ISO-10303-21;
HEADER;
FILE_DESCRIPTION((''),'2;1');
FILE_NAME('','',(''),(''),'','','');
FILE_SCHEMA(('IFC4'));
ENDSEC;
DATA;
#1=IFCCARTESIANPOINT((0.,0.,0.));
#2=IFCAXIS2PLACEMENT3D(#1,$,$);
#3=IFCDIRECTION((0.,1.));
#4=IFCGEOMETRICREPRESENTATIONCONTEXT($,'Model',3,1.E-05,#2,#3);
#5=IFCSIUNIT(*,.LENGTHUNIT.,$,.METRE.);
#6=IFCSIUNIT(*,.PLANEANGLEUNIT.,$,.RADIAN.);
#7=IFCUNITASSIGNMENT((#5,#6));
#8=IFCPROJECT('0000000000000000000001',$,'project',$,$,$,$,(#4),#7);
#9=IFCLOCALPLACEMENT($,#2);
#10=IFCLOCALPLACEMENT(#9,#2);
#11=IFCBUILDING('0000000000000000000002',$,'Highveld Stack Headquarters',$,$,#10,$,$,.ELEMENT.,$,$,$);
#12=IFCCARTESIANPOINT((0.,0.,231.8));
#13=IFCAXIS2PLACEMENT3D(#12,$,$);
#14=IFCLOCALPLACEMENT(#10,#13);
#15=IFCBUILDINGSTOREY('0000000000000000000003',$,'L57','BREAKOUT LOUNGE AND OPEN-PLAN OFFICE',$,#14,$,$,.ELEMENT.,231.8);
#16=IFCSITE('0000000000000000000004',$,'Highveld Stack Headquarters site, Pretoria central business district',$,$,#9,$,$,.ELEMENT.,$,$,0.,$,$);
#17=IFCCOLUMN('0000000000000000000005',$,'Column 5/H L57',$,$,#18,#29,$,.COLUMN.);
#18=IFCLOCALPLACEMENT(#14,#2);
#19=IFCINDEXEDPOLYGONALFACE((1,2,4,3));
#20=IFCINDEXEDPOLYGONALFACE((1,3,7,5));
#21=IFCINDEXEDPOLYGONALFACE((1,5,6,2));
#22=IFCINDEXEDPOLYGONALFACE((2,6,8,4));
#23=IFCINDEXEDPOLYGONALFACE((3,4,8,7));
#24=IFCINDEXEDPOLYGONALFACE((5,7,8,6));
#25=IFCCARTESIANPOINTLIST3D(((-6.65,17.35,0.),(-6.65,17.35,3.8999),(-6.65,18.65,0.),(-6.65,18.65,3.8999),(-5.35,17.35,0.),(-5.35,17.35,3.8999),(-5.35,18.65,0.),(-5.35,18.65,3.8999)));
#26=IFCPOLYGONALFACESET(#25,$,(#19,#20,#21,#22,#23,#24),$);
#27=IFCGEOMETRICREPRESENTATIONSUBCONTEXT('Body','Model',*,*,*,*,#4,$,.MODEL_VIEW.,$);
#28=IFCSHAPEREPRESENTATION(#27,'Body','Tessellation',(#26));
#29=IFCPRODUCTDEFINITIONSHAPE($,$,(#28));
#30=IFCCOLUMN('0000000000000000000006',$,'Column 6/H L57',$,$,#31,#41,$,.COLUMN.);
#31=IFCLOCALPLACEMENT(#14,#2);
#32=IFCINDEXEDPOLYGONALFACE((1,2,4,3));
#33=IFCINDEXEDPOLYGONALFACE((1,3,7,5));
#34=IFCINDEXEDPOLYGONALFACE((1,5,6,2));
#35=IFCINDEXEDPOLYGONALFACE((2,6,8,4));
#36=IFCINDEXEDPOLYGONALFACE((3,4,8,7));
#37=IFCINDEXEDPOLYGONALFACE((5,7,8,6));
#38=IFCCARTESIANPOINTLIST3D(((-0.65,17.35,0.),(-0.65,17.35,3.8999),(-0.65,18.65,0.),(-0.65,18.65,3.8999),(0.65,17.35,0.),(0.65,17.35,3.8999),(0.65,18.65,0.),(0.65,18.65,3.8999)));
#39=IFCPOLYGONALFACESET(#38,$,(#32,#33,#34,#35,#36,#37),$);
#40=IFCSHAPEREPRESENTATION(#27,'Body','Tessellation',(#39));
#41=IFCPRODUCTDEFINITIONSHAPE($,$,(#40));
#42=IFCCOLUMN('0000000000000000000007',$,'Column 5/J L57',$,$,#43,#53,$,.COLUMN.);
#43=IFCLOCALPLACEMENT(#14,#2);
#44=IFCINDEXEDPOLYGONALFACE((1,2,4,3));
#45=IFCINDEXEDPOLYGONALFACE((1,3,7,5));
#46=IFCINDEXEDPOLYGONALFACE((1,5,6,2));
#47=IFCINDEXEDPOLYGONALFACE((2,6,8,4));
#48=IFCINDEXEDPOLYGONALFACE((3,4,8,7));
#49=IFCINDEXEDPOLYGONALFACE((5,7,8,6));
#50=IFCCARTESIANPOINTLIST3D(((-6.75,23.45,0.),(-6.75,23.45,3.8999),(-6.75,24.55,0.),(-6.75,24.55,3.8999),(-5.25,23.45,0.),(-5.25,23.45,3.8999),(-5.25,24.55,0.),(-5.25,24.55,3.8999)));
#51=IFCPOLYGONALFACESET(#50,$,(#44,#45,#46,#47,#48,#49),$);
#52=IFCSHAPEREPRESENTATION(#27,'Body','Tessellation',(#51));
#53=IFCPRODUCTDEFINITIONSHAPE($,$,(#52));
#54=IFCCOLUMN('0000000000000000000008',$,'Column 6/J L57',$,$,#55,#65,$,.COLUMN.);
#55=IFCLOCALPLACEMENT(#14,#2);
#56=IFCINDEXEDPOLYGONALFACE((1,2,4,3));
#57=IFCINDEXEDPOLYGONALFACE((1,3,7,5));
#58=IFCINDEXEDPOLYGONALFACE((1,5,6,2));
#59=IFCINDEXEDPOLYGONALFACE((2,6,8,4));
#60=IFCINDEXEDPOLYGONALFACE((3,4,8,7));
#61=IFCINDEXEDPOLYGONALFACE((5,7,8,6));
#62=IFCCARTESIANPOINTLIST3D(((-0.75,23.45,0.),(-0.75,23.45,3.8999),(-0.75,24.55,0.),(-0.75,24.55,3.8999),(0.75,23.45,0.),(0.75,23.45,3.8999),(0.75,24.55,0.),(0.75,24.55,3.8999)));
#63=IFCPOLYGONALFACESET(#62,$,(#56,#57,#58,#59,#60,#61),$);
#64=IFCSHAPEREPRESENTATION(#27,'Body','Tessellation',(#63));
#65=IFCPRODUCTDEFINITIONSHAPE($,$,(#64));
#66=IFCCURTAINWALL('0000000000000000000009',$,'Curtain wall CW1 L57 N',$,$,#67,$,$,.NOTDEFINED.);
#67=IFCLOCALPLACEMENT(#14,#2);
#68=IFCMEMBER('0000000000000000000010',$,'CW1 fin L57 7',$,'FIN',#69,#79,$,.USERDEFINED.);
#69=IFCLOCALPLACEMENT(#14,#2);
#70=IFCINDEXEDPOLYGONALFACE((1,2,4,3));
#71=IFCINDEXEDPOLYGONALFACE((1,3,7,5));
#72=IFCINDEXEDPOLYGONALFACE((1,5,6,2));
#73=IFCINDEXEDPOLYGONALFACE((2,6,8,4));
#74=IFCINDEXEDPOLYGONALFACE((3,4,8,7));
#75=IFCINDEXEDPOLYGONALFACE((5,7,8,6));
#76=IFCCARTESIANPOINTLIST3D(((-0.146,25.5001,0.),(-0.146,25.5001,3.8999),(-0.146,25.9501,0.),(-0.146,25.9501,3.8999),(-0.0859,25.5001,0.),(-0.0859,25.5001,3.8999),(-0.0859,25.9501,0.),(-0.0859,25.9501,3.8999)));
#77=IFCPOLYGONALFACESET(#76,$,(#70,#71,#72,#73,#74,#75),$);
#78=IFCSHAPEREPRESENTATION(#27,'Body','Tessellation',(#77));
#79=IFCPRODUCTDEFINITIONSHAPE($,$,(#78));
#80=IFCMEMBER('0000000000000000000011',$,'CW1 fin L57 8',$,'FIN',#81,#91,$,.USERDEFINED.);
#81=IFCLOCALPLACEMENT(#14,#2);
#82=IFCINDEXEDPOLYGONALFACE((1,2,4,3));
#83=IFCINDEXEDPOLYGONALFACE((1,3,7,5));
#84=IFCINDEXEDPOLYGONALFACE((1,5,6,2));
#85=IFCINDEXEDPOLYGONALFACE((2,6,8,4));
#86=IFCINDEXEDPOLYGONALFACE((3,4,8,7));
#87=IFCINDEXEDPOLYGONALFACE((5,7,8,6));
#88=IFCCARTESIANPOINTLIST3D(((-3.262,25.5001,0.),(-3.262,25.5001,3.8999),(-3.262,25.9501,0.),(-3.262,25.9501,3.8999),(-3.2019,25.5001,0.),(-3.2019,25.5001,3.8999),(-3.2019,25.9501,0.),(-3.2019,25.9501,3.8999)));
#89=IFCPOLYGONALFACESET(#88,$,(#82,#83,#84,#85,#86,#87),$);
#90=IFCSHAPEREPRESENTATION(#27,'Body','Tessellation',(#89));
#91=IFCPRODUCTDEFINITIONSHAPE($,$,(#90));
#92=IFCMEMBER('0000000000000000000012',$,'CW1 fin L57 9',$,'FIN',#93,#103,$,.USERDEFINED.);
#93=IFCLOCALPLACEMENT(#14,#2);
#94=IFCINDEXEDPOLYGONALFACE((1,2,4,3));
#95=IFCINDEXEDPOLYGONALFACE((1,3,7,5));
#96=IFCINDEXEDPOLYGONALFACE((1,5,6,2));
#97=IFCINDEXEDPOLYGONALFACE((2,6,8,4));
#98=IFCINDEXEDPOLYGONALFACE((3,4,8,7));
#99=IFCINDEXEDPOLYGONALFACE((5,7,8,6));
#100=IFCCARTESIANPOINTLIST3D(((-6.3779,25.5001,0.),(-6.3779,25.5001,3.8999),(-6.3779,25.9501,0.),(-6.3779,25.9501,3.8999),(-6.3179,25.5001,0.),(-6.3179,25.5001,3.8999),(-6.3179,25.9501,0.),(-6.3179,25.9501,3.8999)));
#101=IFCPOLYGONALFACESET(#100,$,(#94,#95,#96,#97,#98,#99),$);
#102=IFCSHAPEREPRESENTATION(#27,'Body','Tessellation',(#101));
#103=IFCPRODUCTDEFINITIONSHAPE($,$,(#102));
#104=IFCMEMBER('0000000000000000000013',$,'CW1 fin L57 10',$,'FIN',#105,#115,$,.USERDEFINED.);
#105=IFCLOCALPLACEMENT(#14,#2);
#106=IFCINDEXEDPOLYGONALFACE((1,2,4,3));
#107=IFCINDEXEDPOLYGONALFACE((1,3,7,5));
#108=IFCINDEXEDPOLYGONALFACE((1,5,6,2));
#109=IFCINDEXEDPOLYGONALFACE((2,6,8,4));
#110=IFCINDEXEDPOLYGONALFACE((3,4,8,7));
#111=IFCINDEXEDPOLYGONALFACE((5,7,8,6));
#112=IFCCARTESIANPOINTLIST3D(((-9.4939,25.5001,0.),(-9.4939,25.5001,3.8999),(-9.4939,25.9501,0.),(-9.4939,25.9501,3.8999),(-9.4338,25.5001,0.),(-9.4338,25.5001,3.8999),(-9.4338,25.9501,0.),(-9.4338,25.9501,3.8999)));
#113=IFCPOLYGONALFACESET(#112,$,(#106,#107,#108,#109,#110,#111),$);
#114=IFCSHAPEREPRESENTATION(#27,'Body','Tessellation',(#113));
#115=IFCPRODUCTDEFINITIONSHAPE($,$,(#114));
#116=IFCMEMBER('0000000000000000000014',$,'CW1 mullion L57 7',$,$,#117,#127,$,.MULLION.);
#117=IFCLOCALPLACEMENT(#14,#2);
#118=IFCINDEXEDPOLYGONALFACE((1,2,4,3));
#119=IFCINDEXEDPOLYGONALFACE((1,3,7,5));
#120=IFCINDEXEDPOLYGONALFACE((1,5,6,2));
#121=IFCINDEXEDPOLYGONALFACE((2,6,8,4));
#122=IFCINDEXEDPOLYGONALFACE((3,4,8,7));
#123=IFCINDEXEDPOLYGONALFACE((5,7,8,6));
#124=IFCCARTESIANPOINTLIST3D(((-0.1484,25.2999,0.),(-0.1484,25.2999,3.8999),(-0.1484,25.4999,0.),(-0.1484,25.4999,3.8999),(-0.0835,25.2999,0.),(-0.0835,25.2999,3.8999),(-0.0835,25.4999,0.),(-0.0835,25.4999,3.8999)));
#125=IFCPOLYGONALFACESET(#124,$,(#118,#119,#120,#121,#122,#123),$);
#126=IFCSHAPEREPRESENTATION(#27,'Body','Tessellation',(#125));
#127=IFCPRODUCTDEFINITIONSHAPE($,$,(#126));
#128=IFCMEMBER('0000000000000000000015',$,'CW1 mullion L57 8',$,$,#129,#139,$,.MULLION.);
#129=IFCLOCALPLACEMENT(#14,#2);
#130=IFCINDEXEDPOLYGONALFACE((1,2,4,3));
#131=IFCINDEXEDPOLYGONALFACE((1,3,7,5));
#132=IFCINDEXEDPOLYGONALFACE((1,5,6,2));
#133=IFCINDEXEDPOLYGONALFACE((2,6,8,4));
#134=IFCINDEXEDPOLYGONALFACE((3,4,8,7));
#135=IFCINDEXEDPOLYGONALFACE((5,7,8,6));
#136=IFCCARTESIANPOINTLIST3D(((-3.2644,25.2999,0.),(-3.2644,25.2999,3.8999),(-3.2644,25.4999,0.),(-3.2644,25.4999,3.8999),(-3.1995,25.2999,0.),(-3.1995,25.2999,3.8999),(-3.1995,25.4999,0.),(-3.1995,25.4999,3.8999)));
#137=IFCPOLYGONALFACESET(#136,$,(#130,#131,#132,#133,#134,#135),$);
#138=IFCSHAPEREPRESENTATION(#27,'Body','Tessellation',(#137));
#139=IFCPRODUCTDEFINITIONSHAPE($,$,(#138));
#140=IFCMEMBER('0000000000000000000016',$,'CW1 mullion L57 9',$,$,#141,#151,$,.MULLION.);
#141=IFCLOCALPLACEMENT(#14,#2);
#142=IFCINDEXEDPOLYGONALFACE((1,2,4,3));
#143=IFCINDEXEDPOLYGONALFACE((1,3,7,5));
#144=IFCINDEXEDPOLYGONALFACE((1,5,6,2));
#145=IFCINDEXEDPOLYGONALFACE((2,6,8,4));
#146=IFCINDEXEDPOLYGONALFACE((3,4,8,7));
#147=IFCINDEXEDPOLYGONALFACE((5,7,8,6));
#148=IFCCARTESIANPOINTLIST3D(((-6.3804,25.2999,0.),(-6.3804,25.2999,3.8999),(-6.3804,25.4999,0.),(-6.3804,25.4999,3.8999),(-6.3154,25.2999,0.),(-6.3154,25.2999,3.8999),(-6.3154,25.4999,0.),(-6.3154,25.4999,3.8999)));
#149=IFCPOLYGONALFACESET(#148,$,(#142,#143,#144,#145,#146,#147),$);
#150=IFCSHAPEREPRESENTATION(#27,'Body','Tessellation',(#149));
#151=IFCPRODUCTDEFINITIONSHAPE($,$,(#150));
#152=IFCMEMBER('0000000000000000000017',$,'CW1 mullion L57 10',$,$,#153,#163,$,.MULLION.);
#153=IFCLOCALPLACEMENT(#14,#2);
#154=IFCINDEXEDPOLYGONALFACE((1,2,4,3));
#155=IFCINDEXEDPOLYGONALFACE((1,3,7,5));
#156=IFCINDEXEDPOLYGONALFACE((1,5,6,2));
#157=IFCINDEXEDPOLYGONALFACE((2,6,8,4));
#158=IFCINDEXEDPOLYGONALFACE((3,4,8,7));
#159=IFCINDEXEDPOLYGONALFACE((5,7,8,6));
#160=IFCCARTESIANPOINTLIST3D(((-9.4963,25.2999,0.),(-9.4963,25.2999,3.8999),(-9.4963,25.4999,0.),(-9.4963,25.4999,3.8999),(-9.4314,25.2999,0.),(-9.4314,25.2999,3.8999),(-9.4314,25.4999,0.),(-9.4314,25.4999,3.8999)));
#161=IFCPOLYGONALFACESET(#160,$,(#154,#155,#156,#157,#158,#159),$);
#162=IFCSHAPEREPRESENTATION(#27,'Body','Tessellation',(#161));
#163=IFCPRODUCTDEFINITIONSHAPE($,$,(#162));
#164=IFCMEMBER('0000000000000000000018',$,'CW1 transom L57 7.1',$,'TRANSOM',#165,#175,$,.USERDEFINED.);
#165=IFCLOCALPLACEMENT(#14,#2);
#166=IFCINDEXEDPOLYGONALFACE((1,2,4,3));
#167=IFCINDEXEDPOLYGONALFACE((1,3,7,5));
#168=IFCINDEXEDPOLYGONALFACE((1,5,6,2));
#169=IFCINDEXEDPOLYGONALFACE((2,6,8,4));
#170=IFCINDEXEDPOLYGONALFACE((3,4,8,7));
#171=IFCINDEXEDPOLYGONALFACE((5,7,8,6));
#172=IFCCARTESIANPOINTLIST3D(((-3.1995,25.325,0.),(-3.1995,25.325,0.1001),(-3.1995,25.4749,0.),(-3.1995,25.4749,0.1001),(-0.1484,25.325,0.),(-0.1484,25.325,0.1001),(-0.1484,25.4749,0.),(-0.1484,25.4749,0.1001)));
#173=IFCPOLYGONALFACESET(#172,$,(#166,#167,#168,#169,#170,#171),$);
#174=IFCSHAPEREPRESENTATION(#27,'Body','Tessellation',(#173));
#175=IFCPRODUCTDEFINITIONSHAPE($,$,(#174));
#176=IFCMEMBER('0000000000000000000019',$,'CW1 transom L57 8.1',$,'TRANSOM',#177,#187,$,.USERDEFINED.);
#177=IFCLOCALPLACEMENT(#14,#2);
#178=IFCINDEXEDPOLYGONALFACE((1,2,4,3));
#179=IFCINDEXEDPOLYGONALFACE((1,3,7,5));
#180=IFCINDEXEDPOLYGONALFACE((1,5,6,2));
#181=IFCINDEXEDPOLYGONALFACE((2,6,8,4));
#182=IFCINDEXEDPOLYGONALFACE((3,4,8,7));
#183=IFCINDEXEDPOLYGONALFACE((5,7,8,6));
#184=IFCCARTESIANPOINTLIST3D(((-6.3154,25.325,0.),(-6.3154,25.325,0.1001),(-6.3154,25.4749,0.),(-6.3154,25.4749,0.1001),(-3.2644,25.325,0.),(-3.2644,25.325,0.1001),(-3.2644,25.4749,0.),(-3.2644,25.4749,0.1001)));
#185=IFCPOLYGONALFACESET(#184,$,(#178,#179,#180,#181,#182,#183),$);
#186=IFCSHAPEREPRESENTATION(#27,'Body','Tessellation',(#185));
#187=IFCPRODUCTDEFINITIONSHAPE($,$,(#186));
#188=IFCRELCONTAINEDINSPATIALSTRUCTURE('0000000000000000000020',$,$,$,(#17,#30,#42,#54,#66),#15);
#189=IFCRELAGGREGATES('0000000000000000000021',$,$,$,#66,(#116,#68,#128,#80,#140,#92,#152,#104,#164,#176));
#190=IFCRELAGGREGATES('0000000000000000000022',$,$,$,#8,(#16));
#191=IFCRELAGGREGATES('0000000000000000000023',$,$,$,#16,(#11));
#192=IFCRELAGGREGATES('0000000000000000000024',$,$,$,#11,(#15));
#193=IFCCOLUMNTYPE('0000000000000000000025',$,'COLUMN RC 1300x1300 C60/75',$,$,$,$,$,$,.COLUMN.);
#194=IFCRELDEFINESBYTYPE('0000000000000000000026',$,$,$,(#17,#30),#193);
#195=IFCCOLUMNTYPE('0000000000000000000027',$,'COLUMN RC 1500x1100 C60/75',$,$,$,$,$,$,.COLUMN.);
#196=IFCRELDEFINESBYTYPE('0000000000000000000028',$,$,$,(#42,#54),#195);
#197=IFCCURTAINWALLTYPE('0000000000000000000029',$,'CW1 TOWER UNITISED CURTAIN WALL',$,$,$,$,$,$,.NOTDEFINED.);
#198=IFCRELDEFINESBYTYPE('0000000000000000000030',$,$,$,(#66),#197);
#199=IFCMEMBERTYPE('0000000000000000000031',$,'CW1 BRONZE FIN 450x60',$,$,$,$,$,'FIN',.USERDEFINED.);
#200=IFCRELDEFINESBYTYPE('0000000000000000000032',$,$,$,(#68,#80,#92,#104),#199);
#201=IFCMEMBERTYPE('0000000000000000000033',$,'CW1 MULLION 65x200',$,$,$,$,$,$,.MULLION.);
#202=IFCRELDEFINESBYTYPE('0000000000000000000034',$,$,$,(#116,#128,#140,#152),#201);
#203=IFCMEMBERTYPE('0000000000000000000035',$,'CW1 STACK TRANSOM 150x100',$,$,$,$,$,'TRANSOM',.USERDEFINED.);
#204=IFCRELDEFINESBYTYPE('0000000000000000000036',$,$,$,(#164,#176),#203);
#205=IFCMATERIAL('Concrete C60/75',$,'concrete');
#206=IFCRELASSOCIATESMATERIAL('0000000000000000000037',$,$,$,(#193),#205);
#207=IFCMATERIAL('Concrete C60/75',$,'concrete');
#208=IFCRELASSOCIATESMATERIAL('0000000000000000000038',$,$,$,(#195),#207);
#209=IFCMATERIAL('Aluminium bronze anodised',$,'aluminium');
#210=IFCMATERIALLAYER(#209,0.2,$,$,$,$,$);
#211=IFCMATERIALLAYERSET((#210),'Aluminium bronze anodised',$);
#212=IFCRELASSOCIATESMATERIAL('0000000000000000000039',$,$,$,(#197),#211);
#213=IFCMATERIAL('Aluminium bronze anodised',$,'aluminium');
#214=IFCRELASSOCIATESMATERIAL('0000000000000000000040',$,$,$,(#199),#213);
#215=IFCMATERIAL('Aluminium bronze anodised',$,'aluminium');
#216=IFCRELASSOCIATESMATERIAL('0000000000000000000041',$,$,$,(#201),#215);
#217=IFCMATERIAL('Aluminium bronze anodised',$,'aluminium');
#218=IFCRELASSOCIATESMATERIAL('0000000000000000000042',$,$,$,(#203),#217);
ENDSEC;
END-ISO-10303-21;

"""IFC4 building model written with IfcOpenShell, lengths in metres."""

from ifc_helpers import new_model, si_unit, direction, frame, origin, origin_2d, place, context, subcontext, project, spatial, rectangle, extrude, material, layer, layer_set, material_profile, profile_set, type_object, element, aggregate, save


model = new_model("IFC4")

# Units and contexts
model_context = context("Model", 3, precision=1e-05, world=origin(), true_north=direction((0.0, 1.0)))
body_context = subcontext(model_context, "Body", "Model", "MODEL_VIEW")
ifc_project = project(units=[si_unit("LENGTHUNIT", "METRE"), si_unit("PLANEANGLEUNIT", "RADIAN")], contexts=[model_context])

# Site, building, storey
site_placement = place(None, origin())
site = spatial("IfcSite", under=ifc_project, at=site_placement, Name="Highveld Stack Headquarters site, Pretoria central business district", CompositionType="ELEMENT", RefElevation=0.0)
building_placement = place(site_placement, origin())
building = spatial("IfcBuilding", under=site, at=building_placement, Name="Highveld Stack Headquarters", CompositionType="ELEMENT")
storey_placement = place(building_placement, frame((0.0, 0.0, 231.8)))
storey = spatial("IfcBuildingStorey", under=building, at=storey_placement, Name="L57", Description="BREAKOUT LOUNGE AND OPEN-PLAN OFFICE", CompositionType="ELEMENT", Elevation=231.8)

# Columns
ifc_material_1 = material(Name="Concrete C60/75", Category="concrete")
ifc_material_profile_1 = material_profile(ifc_material_1, rectangle(XDim=1.3, YDim=1.3, at=origin_2d()), Name="RC 1300x1300")
ifc_profile_set_1 = profile_set([ifc_material_profile_1], Name="Concrete C60/75")
column_type_1 = type_object("IfcColumnType", Name="COLUMN RC 1300x1300 C60/75", PredefinedType="COLUMN", material=ifc_profile_set_1)
for number, where, z_axis, x_axis, name in (
    (1, (-6.0, 18.0, 0.0), (0.0, 0.0, 1.0), (1.0, 0.0, 0.0), "Column 5/H L57"),
    (2, (0.0, 18.0, 0.0), (0.0, 0.0, 1.0), (1.0, 0.0, 0.0), "Column 6/H L57"),
):
    element("IfcColumn", number, at=place(storey_placement, frame(where, z_axis=z_axis, x_axis=x_axis)), inside=storey, type_object=column_type_1, Name=name, PredefinedType="COLUMN", context=body_context, shape_type="SweptSolid", body=[
        extrude(rectangle(XDim=1.3, YDim=1.3, at=origin_2d()), origin(), (0.0, 0.0, 1.0), 3.8999),
    ])
ifc_material_2 = material(Name="Concrete C60/75", Category="concrete")
ifc_material_profile_2 = material_profile(ifc_material_2, rectangle(XDim=1.5, YDim=1.1001, at=origin_2d()), Name="RC 1500x1100")
ifc_profile_set_2 = profile_set([ifc_material_profile_2], Name="Concrete C60/75")
column_type_2 = type_object("IfcColumnType", Name="COLUMN RC 1500x1100 C60/75", PredefinedType="COLUMN", material=ifc_profile_set_2)
for number, where, z_axis, x_axis, name in (
    (3, (-6.0, 24.0, 0.0), (0.0, 0.0, 1.0), (1.0, 0.0, 0.0), "Column 5/J L57"),
    (4, (0.0, 24.0, 0.0), (0.0, 0.0, 1.0), (1.0, 0.0, 0.0), "Column 6/J L57"),
):
    element("IfcColumn", number, at=place(storey_placement, frame(where, z_axis=z_axis, x_axis=x_axis)), inside=storey, type_object=column_type_2, Name=name, PredefinedType="COLUMN", context=body_context, shape_type="SweptSolid", body=[
        extrude(rectangle(XDim=1.5, YDim=1.1001, at=origin_2d()), origin(), (0.0, 0.0, 1.0), 3.8999),
    ])

# Curtain wall, members
ifc_material_3 = material(Name="Aluminium bronze anodised", Category="aluminium")
ifc_layer_1 = layer(ifc_material_3, 0.2)
ifc_layer_set_1 = layer_set([ifc_layer_1], Name="Aluminium bronze anodised")
curtain_wall_type = type_object("IfcCurtainWallType", Name="CW1 TOWER UNITISED CURTAIN WALL", PredefinedType="NOTDEFINED", material=ifc_layer_set_1)
curtain_wall_placement = place(storey_placement, origin())
curtain_wall = element("IfcCurtainWall", 5, at=curtain_wall_placement, inside=storey, type_object=curtain_wall_type, Name="Curtain wall CW1 L57 N", PredefinedType="NOTDEFINED")
ifc_material_4 = material(Name="Aluminium bronze anodised", Category="aluminium")
ifc_material_profile_3 = material_profile(ifc_material_4, rectangle(XDim=0.45, YDim=0.0601, at=origin_2d()), Name="FIN 450x60")
ifc_profile_set_3 = profile_set([ifc_material_profile_3], Name="Aluminium bronze anodised")
member_type_1 = type_object("IfcMemberType", Name="CW1 BRONZE FIN 450x60", ElementType="FIN", PredefinedType="USERDEFINED", material=ifc_profile_set_3)
member_1_placement = place(storey_placement, frame((-0.116, 25.7251, 0.0), z_axis=(0.0, 0.0, 1.0), x_axis=(0.0, -1.0, 0.0)))
member_1 = element("IfcMember", 6, at=member_1_placement, type_object=member_type_1, Name="CW1 fin L57 7", ObjectType="FIN", PredefinedType="USERDEFINED", context=body_context, shape_type="SweptSolid", body=[
    extrude(rectangle(XDim=0.45, YDim=0.0601, at=origin_2d()), origin(), (0.0, 0.0, 1.0), 3.8999),
])
member_2_placement = place(storey_placement, frame((-3.2319, 25.7251, 0.0), z_axis=(0.0, 0.0, 1.0), x_axis=(0.0, -1.0, 0.0)))
member_2 = element("IfcMember", 7, at=member_2_placement, type_object=member_type_1, Name="CW1 fin L57 8", ObjectType="FIN", PredefinedType="USERDEFINED", context=body_context, shape_type="SweptSolid", body=[
    extrude(rectangle(XDim=0.45, YDim=0.0601, at=origin_2d()), origin(), (0.0, 0.0, 1.0), 3.8999),
])
member_3_placement = place(storey_placement, frame((-6.3479, 25.7251, 0.0), z_axis=(0.0, 0.0, 1.0), x_axis=(0.0, -1.0, 0.0)))
member_3 = element("IfcMember", 8, at=member_3_placement, type_object=member_type_1, Name="CW1 fin L57 9", ObjectType="FIN", PredefinedType="USERDEFINED", context=body_context, shape_type="SweptSolid", body=[
    extrude(rectangle(XDim=0.45, YDim=0.0601, at=origin_2d()), origin(), (0.0, 0.0, 1.0), 3.8999),
])
member_4_placement = place(storey_placement, frame((-9.4639, 25.7251, 0.0), z_axis=(0.0, 0.0, 1.0), x_axis=(0.0, -1.0, 0.0)))
member_4 = element("IfcMember", 9, at=member_4_placement, type_object=member_type_1, Name="CW1 fin L57 10", ObjectType="FIN", PredefinedType="USERDEFINED", context=body_context, shape_type="SweptSolid", body=[
    extrude(rectangle(XDim=0.45, YDim=0.0601, at=origin_2d()), origin(), (0.0, 0.0, 1.0), 3.8999),
])
ifc_material_5 = material(Name="Aluminium bronze anodised", Category="aluminium")
ifc_material_profile_4 = material_profile(ifc_material_5, rectangle(XDim=0.2, YDim=0.0649, at=origin_2d()), Name="CW1 MULLION 65x200")
ifc_profile_set_4 = profile_set([ifc_material_profile_4], Name="Aluminium bronze anodised")
member_type_2 = type_object("IfcMemberType", Name="CW1 MULLION 65x200", PredefinedType="MULLION", material=ifc_profile_set_4)
member_5_placement = place(storey_placement, frame((-0.116, 25.3999, 0.0), z_axis=(0.0, 0.0, 1.0), x_axis=(0.0, -1.0, 0.0)))
member_5 = element("IfcMember", 10, at=member_5_placement, type_object=member_type_2, Name="CW1 mullion L57 7", PredefinedType="MULLION", context=body_context, shape_type="SweptSolid", body=[
    extrude(rectangle(XDim=0.2, YDim=0.0649, at=origin_2d()), origin(), (0.0, 0.0, 1.0), 3.8999),
])
member_6_placement = place(storey_placement, frame((-3.2319, 25.3999, 0.0), z_axis=(0.0, 0.0, 1.0), x_axis=(0.0, -1.0, 0.0)))
member_6 = element("IfcMember", 11, at=member_6_placement, type_object=member_type_2, Name="CW1 mullion L57 8", PredefinedType="MULLION", context=body_context, shape_type="SweptSolid", body=[
    extrude(rectangle(XDim=0.2, YDim=0.0649, at=origin_2d()), origin(), (0.0, 0.0, 1.0), 3.8999),
])
member_7_placement = place(storey_placement, frame((-6.3479, 25.3999, 0.0), z_axis=(0.0, 0.0, 1.0), x_axis=(0.0, -1.0, 0.0)))
member_7 = element("IfcMember", 12, at=member_7_placement, type_object=member_type_2, Name="CW1 mullion L57 9", PredefinedType="MULLION", context=body_context, shape_type="SweptSolid", body=[
    extrude(rectangle(XDim=0.2, YDim=0.0649, at=origin_2d()), origin(), (0.0, 0.0, 1.0), 3.8999),
])
member_8_placement = place(storey_placement, frame((-9.4639, 25.3999, 0.0), z_axis=(0.0, 0.0, 1.0), x_axis=(0.0, -1.0, 0.0)))
member_8 = element("IfcMember", 13, at=member_8_placement, type_object=member_type_2, Name="CW1 mullion L57 10", PredefinedType="MULLION", context=body_context, shape_type="SweptSolid", body=[
    extrude(rectangle(XDim=0.2, YDim=0.0649, at=origin_2d()), origin(), (0.0, 0.0, 1.0), 3.8999),
])
ifc_material_6 = material(Name="Aluminium bronze anodised", Category="aluminium")
ifc_material_profile_5 = material_profile(ifc_material_6, rectangle(XDim=0.1499, YDim=0.1001, at=origin_2d()), Name="CW1 TRANSOM 150x100")
ifc_profile_set_5 = profile_set([ifc_material_profile_5], Name="Aluminium bronze anodised")
member_type_3 = type_object("IfcMemberType", Name="CW1 STACK TRANSOM 150x100", ElementType="TRANSOM", PredefinedType="USERDEFINED", material=ifc_profile_set_5)
member_9_placement = place(storey_placement, frame((-0.1484, 25.3999, 0.05), z_axis=(-1.0, 0.0, 0.0), x_axis=(0.0, -1.0, 0.0)))
member_9 = element("IfcMember", 14, at=member_9_placement, type_object=member_type_3, Name="CW1 transom L57 7.1", ObjectType="TRANSOM", PredefinedType="USERDEFINED", context=body_context, shape_type="SweptSolid", body=[
    extrude(rectangle(XDim=0.1499, YDim=0.1001, at=origin_2d()), origin(), (0.0, 0.0, 1.0), 3.051),
])
member_10_placement = place(storey_placement, frame((-3.2644, 25.3999, 0.05), z_axis=(-1.0, 0.0, 0.0), x_axis=(0.0, -1.0, 0.0)))
member_10 = element("IfcMember", 15, at=member_10_placement, type_object=member_type_3, Name="CW1 transom L57 8.1", ObjectType="TRANSOM", PredefinedType="USERDEFINED", context=body_context, shape_type="SweptSolid", body=[
    extrude(rectangle(XDim=0.1499, YDim=0.1001, at=origin_2d()), origin(), (0.0, 0.0, 1.0), 3.051),
])
aggregate(curtain_wall, [member_5, member_1, member_6, member_2, member_7, member_3, member_8, member_4, member_9, member_10])

save(model, "model.ifc")
